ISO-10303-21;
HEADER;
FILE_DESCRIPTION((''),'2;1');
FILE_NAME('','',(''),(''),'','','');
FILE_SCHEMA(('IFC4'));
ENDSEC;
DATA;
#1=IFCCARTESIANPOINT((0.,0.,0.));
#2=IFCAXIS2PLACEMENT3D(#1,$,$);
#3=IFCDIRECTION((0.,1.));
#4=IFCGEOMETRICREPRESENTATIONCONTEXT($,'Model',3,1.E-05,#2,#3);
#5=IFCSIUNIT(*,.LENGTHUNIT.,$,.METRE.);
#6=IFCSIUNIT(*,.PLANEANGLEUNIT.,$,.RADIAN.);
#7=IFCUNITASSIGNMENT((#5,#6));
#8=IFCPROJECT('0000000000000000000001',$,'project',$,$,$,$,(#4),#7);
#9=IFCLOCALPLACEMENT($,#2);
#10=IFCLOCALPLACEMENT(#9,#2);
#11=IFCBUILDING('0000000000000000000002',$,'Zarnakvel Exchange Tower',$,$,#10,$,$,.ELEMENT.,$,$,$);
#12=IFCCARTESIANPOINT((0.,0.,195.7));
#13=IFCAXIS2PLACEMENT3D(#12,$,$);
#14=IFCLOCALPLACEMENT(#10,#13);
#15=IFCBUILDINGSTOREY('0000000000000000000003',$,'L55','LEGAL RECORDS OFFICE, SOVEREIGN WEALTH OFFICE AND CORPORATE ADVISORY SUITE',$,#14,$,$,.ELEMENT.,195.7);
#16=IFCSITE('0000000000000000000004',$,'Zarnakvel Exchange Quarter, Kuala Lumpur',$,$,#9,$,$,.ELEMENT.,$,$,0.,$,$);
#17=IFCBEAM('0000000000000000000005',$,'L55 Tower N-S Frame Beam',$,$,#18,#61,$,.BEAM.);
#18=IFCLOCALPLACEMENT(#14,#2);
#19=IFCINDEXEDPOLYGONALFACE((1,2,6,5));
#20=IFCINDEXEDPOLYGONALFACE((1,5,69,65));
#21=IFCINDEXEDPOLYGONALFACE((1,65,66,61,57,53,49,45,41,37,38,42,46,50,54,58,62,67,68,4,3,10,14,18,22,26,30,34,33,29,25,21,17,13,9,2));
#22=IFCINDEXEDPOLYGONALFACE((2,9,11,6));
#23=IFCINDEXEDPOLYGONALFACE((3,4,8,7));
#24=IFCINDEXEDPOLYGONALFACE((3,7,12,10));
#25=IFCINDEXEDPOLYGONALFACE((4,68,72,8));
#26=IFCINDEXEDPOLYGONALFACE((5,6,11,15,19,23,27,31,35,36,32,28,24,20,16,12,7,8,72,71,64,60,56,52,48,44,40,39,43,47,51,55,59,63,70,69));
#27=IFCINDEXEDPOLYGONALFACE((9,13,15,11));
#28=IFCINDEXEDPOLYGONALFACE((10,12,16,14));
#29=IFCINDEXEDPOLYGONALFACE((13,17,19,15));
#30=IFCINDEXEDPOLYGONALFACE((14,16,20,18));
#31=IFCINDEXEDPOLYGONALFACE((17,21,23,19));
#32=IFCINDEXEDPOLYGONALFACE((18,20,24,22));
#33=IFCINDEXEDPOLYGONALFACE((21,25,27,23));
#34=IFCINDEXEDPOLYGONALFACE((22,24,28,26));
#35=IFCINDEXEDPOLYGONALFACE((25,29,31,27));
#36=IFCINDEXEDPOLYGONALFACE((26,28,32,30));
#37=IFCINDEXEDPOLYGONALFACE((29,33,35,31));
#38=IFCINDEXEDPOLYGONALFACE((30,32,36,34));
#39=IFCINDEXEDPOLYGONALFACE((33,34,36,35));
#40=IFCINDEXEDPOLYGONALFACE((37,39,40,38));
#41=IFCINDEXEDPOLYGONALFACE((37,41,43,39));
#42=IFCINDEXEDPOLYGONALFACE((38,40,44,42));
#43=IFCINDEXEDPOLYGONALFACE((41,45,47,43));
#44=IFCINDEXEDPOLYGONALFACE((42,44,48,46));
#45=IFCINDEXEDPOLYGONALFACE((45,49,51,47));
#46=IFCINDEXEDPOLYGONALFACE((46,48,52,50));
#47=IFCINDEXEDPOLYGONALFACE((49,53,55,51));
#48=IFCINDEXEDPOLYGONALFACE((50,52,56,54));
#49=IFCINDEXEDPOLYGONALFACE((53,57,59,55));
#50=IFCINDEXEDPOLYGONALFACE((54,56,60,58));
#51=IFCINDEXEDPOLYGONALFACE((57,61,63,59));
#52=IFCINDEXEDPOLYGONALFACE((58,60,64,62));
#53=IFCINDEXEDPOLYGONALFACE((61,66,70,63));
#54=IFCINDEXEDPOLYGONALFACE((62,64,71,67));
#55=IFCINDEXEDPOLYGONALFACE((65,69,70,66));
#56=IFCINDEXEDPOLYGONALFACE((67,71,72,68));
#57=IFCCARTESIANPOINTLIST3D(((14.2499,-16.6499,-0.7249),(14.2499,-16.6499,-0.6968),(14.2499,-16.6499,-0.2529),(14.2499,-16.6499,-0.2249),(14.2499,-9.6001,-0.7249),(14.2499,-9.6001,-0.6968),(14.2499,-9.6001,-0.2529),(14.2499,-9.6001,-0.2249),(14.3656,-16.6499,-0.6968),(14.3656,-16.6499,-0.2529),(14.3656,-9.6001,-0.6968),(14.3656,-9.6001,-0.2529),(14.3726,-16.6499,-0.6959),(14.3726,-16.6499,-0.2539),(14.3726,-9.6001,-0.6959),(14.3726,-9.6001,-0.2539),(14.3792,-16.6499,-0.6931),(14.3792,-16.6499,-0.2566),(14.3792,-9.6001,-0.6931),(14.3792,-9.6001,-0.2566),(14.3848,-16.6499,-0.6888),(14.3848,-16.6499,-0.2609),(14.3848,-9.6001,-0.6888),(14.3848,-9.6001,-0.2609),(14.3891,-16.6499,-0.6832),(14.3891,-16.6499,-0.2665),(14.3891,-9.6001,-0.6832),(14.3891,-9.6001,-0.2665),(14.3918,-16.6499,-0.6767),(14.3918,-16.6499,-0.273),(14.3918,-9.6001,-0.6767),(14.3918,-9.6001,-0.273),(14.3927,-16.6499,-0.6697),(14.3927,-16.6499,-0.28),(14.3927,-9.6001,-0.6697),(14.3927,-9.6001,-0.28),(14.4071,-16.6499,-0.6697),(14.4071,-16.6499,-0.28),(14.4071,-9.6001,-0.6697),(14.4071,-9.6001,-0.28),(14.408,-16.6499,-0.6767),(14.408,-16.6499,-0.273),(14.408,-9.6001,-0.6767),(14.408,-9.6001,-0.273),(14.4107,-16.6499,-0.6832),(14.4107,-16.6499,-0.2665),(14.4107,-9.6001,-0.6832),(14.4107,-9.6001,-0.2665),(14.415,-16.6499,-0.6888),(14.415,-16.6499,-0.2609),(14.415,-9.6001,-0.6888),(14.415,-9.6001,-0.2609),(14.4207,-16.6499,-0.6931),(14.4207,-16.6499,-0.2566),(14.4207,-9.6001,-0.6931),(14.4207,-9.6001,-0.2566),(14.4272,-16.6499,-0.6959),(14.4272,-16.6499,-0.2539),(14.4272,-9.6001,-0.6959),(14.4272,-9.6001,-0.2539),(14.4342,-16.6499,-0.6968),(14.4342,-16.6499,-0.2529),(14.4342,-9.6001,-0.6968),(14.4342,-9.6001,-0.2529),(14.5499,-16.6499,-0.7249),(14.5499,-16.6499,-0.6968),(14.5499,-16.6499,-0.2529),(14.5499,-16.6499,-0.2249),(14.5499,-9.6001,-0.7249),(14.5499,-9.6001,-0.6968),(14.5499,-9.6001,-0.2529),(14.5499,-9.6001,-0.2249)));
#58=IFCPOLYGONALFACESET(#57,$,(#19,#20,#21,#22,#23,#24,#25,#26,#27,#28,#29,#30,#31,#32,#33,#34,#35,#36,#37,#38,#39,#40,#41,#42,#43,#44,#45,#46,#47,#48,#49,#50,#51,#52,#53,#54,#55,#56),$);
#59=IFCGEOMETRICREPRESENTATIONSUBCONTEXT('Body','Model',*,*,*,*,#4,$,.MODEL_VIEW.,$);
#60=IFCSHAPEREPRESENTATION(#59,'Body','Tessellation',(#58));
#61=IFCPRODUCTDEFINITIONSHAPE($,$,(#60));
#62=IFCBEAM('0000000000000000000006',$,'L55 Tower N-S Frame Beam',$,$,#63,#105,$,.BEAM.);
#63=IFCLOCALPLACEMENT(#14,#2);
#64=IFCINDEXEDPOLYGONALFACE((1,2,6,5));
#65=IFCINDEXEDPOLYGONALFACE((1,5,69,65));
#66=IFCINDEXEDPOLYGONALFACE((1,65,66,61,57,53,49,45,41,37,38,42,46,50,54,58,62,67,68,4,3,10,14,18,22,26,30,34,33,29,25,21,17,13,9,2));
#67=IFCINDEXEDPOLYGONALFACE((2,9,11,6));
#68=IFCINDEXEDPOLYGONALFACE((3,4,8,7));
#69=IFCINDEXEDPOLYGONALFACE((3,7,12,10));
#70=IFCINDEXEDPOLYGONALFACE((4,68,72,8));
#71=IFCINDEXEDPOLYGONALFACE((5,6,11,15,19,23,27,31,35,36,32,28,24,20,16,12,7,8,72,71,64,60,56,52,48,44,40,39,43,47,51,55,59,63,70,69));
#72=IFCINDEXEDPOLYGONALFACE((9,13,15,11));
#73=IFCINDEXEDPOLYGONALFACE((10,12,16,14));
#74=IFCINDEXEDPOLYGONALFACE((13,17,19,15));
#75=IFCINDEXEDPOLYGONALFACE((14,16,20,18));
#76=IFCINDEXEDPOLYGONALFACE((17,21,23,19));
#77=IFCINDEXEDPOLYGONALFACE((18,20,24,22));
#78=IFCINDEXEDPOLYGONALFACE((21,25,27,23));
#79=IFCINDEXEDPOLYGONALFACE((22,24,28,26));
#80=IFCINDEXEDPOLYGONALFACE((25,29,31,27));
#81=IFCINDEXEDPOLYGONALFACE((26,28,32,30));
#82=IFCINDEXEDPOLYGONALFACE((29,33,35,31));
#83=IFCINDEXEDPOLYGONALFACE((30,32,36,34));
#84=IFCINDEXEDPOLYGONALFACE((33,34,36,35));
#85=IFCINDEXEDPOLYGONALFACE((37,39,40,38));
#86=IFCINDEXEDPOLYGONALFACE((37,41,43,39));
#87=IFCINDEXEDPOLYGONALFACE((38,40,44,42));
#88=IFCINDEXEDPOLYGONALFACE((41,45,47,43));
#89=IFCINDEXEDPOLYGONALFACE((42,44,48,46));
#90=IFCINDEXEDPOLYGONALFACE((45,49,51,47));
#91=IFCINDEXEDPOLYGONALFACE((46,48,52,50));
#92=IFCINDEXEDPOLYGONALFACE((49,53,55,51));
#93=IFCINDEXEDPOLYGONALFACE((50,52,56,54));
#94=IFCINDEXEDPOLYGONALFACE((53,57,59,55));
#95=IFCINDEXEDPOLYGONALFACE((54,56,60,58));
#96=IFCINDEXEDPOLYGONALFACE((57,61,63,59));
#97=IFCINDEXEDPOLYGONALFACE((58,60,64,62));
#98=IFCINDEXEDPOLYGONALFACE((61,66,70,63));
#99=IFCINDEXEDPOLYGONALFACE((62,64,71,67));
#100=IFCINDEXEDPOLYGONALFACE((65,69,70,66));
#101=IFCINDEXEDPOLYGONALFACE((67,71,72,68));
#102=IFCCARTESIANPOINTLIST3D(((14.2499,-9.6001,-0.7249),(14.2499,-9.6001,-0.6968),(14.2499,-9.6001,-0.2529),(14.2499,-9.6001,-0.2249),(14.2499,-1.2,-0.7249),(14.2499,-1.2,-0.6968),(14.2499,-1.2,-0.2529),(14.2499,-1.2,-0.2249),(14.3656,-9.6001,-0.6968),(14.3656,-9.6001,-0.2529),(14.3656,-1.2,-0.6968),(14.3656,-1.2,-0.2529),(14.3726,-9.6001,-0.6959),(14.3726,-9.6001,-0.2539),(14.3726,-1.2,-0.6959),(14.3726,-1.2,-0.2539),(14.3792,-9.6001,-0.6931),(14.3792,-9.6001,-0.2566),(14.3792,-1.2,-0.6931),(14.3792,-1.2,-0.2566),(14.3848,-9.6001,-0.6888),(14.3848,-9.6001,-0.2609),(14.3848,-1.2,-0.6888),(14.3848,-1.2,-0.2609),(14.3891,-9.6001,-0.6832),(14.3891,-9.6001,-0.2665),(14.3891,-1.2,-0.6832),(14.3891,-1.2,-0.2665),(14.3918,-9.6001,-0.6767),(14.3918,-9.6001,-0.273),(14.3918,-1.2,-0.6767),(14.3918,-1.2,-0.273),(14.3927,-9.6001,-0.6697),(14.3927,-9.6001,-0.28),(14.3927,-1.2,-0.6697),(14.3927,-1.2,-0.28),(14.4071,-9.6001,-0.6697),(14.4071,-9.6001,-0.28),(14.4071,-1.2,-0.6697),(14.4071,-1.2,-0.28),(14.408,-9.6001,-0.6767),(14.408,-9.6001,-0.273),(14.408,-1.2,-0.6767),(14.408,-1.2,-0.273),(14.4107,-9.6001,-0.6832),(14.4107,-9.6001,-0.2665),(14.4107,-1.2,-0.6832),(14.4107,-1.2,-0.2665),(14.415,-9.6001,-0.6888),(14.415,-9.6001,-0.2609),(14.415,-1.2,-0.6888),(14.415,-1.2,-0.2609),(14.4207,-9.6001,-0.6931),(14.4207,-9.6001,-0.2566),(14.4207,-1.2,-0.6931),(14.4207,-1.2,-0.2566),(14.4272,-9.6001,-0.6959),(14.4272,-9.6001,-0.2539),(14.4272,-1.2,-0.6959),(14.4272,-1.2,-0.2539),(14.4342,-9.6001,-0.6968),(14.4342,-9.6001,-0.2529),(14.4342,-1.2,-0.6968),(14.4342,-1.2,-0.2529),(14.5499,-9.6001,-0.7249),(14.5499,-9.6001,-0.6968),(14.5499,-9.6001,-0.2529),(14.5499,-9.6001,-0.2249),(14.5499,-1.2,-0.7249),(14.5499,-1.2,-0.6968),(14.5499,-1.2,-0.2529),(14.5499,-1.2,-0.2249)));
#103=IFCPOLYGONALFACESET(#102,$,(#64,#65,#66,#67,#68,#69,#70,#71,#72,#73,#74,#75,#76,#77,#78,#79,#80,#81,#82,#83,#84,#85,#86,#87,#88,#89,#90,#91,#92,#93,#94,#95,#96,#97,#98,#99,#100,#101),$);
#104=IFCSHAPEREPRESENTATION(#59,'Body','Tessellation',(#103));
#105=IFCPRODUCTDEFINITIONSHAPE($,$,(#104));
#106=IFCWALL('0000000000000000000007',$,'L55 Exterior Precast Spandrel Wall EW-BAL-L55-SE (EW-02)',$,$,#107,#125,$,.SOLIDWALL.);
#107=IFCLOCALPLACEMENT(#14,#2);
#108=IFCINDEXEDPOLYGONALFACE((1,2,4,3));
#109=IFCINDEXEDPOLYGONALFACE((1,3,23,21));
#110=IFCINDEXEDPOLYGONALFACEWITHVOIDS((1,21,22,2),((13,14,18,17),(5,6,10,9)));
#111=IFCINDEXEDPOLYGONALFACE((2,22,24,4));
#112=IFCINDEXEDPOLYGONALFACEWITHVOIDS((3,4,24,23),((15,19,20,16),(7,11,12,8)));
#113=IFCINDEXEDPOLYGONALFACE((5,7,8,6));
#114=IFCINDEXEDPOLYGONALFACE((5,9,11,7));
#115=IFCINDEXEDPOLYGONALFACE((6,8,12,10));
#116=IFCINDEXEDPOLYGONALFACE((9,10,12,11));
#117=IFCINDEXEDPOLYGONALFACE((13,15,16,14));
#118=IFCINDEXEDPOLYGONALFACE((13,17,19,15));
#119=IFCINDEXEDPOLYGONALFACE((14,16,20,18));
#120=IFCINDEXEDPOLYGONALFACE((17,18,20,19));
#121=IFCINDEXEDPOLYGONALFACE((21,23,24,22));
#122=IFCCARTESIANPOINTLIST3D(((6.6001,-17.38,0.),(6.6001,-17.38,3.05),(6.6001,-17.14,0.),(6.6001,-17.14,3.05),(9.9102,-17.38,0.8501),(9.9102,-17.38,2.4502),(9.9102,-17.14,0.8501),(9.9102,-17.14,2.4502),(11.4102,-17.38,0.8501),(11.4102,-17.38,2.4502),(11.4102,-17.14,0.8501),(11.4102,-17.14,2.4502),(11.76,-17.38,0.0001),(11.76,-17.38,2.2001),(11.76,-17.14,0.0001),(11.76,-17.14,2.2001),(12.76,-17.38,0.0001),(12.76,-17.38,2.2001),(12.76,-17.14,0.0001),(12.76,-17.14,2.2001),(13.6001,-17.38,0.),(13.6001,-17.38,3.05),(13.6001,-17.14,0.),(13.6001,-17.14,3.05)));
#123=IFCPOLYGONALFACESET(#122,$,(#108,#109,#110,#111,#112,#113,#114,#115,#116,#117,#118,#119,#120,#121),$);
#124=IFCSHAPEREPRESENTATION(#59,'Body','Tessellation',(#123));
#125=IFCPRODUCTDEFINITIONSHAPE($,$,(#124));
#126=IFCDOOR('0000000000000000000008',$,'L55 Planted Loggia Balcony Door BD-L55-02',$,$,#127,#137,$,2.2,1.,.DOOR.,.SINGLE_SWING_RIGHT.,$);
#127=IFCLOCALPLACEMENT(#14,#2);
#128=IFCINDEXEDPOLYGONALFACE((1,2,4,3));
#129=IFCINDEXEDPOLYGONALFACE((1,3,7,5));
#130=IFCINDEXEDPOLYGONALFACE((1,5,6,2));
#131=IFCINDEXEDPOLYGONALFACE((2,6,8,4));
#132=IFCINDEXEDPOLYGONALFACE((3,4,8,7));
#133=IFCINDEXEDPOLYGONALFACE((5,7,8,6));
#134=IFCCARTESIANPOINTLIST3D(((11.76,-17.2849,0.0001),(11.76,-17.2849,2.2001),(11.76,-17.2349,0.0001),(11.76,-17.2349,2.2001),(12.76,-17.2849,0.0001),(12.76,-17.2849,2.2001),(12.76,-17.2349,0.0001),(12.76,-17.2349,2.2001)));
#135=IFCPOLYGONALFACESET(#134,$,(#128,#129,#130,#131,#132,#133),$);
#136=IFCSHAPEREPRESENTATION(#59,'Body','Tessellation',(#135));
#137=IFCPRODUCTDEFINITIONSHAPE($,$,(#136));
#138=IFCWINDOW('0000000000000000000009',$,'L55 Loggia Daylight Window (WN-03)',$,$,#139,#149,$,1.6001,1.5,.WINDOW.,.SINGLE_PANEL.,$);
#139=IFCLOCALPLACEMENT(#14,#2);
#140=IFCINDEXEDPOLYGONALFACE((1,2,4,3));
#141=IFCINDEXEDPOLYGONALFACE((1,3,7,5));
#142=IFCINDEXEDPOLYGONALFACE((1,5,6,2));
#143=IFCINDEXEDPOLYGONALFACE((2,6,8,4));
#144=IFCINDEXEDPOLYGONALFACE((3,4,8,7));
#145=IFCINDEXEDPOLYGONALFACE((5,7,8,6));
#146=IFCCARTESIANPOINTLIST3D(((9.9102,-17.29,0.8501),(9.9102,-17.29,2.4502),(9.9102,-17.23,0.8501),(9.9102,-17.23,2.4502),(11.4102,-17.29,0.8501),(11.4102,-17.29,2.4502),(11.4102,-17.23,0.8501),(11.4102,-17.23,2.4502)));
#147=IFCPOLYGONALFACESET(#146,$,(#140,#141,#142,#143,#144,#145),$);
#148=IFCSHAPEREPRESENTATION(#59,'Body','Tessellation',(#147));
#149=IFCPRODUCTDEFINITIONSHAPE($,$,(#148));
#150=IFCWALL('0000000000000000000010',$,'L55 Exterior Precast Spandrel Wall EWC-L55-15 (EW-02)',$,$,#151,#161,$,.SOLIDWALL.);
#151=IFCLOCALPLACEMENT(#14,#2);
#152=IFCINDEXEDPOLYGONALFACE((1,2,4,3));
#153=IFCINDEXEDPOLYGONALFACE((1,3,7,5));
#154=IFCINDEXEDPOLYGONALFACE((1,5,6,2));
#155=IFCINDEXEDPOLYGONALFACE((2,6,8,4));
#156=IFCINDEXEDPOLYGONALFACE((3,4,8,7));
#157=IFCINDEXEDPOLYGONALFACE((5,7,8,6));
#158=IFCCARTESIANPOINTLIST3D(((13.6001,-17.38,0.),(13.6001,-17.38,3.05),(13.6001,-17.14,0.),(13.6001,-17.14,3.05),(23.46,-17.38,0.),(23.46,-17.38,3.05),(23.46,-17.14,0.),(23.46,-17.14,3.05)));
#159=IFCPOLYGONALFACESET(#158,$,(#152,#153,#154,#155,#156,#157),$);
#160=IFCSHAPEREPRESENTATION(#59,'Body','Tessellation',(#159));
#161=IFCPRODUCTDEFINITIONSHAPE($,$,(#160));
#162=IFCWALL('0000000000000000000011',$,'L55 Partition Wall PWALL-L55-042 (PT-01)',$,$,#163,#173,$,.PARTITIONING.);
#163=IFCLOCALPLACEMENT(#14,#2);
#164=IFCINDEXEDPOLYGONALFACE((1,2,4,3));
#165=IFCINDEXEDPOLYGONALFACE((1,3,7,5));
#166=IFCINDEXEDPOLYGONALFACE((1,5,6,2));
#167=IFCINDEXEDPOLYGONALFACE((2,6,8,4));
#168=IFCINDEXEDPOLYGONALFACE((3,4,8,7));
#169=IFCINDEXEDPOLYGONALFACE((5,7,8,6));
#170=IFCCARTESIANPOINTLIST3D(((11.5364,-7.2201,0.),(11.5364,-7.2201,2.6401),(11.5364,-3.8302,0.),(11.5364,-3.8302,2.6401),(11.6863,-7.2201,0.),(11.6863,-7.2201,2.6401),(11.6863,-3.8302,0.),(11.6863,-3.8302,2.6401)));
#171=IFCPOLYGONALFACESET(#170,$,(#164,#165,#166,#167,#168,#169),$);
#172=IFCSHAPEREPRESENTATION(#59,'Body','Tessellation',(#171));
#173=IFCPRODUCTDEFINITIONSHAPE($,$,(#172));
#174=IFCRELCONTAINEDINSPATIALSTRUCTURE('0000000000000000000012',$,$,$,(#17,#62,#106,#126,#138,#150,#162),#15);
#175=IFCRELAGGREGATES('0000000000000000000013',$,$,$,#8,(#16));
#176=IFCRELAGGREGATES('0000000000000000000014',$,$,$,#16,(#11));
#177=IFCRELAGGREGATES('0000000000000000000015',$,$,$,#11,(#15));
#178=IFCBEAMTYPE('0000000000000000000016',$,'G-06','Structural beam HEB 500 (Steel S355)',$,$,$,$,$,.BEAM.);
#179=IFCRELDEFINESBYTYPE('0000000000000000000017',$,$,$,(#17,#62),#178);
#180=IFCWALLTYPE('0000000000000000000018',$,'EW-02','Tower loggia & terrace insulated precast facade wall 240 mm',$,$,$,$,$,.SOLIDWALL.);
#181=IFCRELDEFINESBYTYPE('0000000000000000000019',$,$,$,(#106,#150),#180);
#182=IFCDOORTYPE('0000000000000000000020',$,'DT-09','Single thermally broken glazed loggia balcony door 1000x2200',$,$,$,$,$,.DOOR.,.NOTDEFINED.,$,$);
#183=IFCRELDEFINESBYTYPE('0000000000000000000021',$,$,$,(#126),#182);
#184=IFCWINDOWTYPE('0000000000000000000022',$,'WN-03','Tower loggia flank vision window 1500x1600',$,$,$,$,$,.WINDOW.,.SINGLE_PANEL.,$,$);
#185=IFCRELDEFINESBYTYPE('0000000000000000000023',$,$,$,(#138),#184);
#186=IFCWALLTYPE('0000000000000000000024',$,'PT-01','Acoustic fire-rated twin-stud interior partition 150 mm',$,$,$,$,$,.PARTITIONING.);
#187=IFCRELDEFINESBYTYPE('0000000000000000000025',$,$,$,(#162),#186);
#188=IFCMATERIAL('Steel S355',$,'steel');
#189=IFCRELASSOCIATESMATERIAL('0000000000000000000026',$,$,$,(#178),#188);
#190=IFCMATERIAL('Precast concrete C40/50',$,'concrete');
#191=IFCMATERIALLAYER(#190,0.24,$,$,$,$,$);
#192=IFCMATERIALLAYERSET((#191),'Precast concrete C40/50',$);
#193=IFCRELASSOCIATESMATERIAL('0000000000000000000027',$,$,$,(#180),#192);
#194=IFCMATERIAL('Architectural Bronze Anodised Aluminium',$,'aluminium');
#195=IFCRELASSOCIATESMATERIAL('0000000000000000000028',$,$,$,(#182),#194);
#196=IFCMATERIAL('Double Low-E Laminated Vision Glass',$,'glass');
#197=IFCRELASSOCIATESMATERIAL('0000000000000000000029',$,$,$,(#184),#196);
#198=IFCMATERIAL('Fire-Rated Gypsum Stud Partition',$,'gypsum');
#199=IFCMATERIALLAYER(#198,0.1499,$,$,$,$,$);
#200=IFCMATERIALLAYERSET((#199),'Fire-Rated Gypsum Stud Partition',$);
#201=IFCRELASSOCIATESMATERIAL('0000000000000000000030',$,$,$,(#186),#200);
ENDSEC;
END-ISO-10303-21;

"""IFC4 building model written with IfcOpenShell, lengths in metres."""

from ifc_helpers import new_model, si_unit, direction, frame, frame_2d, origin, origin_2d, place, context, subcontext, project, spatial, rectangle, i_section, extrude, source, transform, mapped, material, layer, layer_set, material_profile, profile_set, type_object, element, fill, save


model = new_model("IFC4")

# Units and contexts
model_context = context("Model", 3, precision=1e-05, world=origin(), true_north=direction((0.0, 1.0)))
body_context = subcontext(model_context, "Body", "Model", "MODEL_VIEW")
ifc_project = project(units=[si_unit("LENGTHUNIT", "METRE"), si_unit("PLANEANGLEUNIT", "RADIAN")], contexts=[model_context])

# Site, building, storey
site_placement = place(None, origin())
site = spatial("IfcSite", under=ifc_project, at=site_placement, Name="Zarnakvel Exchange Quarter, Kuala Lumpur", CompositionType="ELEMENT", RefElevation=0.0)
building_placement = place(site_placement, origin())
building = spatial("IfcBuilding", under=site, at=building_placement, Name="Zarnakvel Exchange Tower", CompositionType="ELEMENT")
storey_placement = place(building_placement, frame((0.0, 0.0, 195.7)))
storey = spatial("IfcBuildingStorey", under=building, at=storey_placement, Name="L55", Description="LEGAL RECORDS OFFICE, SOVEREIGN WEALTH OFFICE AND CORPORATE ADVISORY SUITE", CompositionType="ELEMENT", Elevation=195.7)

# Beams
ifc_material_1 = material(Name="Steel S355", Category="steel")
ifc_material_profile_1 = material_profile(ifc_material_1, i_section(OverallWidth=0.3, OverallDepth=0.5, WebThickness=0.0144, FlangeThickness=0.0281, FilletRadius=0.0271, at=origin_2d()))
ifc_profile_set_1 = profile_set([ifc_material_profile_1], Name="Steel S355")
beam_type_1 = type_object("IfcBeamType", Name="G-06", Description="Structural beam HEB 500 (Steel S355)", PredefinedType="BEAM", material=ifc_profile_set_1)
beam_1_placement = place(storey_placement, frame((14.3999, -16.6499, -0.4749), z_axis=(0.0, 1.0, 0.0), x_axis=(-1.0, 0.0, 0.0)))
element("IfcBeam", 1, at=beam_1_placement, inside=storey, type_object=beam_type_1, Name="L55 Tower N-S Frame Beam", PredefinedType="BEAM", context=body_context, shape_type="SweptSolid", body=[
    extrude(i_section(OverallWidth=0.3, OverallDepth=0.5, WebThickness=0.0144, FlangeThickness=0.0281, FilletRadius=0.0271, at=origin_2d()), origin(), (0.0, 0.0, 1.0), 7.0498),
])
beam_2_placement = place(storey_placement, frame((14.3999, -9.6001, -0.4749), z_axis=(0.0, 1.0, 0.0), x_axis=(-1.0, 0.0, 0.0)))
element("IfcBeam", 2, at=beam_2_placement, inside=storey, type_object=beam_type_1, Name="L55 Tower N-S Frame Beam", PredefinedType="BEAM", context=body_context, shape_type="SweptSolid", body=[
    extrude(i_section(OverallWidth=0.3, OverallDepth=0.5, WebThickness=0.0144, FlangeThickness=0.0281, FilletRadius=0.0271, at=origin_2d()), origin(), (0.0, 0.0, 1.0), 8.4001),
])

# Wall, openings, door, window
ifc_material_2 = material(Name="Precast concrete C40/50", Category="concrete")
ifc_layer_1 = layer(ifc_material_2, 0.24)
ifc_layer_set_1 = layer_set([ifc_layer_1], Name="Precast concrete C40/50")
wall_type_1 = type_object("IfcWallType", Name="EW-02", Description="Tower loggia & terrace insulated precast facade wall 240 mm", PredefinedType="SOLIDWALL", material=ifc_layer_set_1)
wall_1_placement = place(storey_placement, frame((13.6001, -17.26, 0.0), z_axis=(0.0, 0.0, 1.0), x_axis=(-1.0, 0.0, 0.0)))
wall_1 = element("IfcWall", 3, at=wall_1_placement, inside=storey, type_object=wall_type_1, Name="L55 Exterior Precast Spandrel Wall EW-BAL-L55-SE (EW-02)", PredefinedType="SOLIDWALL", context=body_context, shape_type="SweptSolid", body=[
    extrude(rectangle(XDim=7.0, YDim=0.24, at=frame_2d((3.5, 0.0))), origin(), (0.0, 0.0, 1.0), 3.05),
])
opening_1_placement = place(wall_1_placement, frame((0.8401, 0.0, 0.0)))
opening_1 = element("IfcOpeningElement", 4, at=opening_1_placement, cuts=wall_1, PredefinedType="OPENING", context=body_context, shape_type="SweptSolid", body=[
    extrude(rectangle(XDim=1.0, YDim=2.2, at=frame_2d((0.5, 1.1001))), frame((0.0, 0.1299, 0.0), z_axis=(0.0, -1.0, 0.0), x_axis=(1.0, 0.0, 0.0)), (0.0, 0.0, 1.0), 0.26),
])
opening_2_placement = place(wall_1_placement, frame((2.1899, 0.0, 0.8501)))
opening_2 = element("IfcOpeningElement", 5, at=opening_2_placement, cuts=wall_1, PredefinedType="OPENING", context=body_context, shape_type="SweptSolid", body=[
    extrude(rectangle(XDim=1.5, YDim=1.6001, at=frame_2d((0.75, 0.8))), frame((0.0, 0.1299, 0.0), z_axis=(0.0, -1.0, 0.0), x_axis=(1.0, 0.0, 0.0)), (0.0, 0.0, 1.0), 0.26),
])
ifc_material_3 = material(Name="Architectural Bronze Anodised Aluminium", Category="aluminium")
door_type_1 = type_object("IfcDoorType", Name="DT-09", Description="Single thermally broken glazed loggia balcony door 1000x2200", OperationType="NOTDEFINED", PredefinedType="DOOR", material=ifc_material_3)
shared_shape_1 = source(origin(), body_context, "Body", "SweptSolid", [
    extrude(rectangle(XDim=1.0, YDim=2.2, at=frame_2d((0.5, 1.1001))), frame((0.0, 0.0249, 0.0), z_axis=(0.0, -1.0, 0.0), x_axis=(1.0, 0.0, 0.0)), (0.0, 0.0, 1.0), 0.05),
])
door_1_placement = place(opening_1_placement, origin())
door_1 = element("IfcDoor", 6, at=door_1_placement, inside=storey, type_object=door_type_1, Name="L55 Planted Loggia Balcony Door BD-L55-02", OperationType="SINGLE_SWING_RIGHT", OverallHeight=2.2, OverallWidth=1.0, PredefinedType="DOOR", context=body_context, shape_type="MappedRepresentation", body=[
    mapped(shared_shape_1, transform((0.0, 0.0, 0.0), x_axis=(1.0, 0.0, 0.0), y_axis=(0.0, 1.0, 0.0), z_axis=(0.0, 0.0, 1.0), scale=1.0)),
])
fill(opening_1, door_1)
ifc_material_4 = material(Name="Double Low-E Laminated Vision Glass", Category="glass")
window_type = type_object("IfcWindowType", Name="WN-03", Description="Tower loggia flank vision window 1500x1600", PartitioningType="SINGLE_PANEL", PredefinedType="WINDOW", material=ifc_material_4)
shared_shape_2 = source(origin(), body_context, "Body", "SweptSolid", [
    extrude(rectangle(XDim=1.5, YDim=1.6001, at=frame_2d((0.75, 0.8))), frame((0.0, 0.03, 0.0), z_axis=(0.0, -1.0, 0.0), x_axis=(1.0, 0.0, 0.0)), (0.0, 0.0, 1.0), 0.0601),
])
window_placement = place(opening_2_placement, origin())
window = element("IfcWindow", 7, at=window_placement, inside=storey, type_object=window_type, Name="L55 Loggia Daylight Window (WN-03)", OverallHeight=1.6001, OverallWidth=1.5, PartitioningType="SINGLE_PANEL", PredefinedType="WINDOW", context=body_context, shape_type="MappedRepresentation", body=[
    mapped(shared_shape_2, transform((0.0, 0.0, 0.0), x_axis=(1.0, 0.0, 0.0), y_axis=(0.0, 1.0, 0.0), z_axis=(0.0, 0.0, 1.0), scale=1.0)),
])
fill(opening_2, window)

# Wall
wall_2_placement = place(storey_placement, frame((13.6001, -17.26, 0.0), z_axis=(0.0, 0.0, 1.0), x_axis=(1.0, 0.0, 0.0)))
element("IfcWall", 8, at=wall_2_placement, inside=storey, type_object=wall_type_1, Name="L55 Exterior Precast Spandrel Wall EWC-L55-15 (EW-02)", PredefinedType="SOLIDWALL", context=body_context, shape_type="SweptSolid", body=[
    extrude(rectangle(XDim=9.8599, YDim=0.24, at=frame_2d((4.9299, 0.0))), origin(), (0.0, 0.0, 1.0), 3.05),
])

# Shared definitions
ifc_material_5 = material(Name="Fire-Rated Gypsum Stud Partition", Category="gypsum")
ifc_layer_2 = layer(ifc_material_5, 0.1499)
ifc_layer_set_2 = layer_set([ifc_layer_2], Name="Fire-Rated Gypsum Stud Partition")
wall_type_2 = type_object("IfcWallType", Name="PT-01", Description="Acoustic fire-rated twin-stud interior partition 150 mm", PredefinedType="PARTITIONING", material=ifc_layer_set_2)

# Wall
wall_3_placement = place(storey_placement, frame((11.6113, -7.22, 0.0), z_axis=(0.0, 0.0, 1.0), x_axis=(0.0, 1.0, 0.0)))
element("IfcWall", 9, at=wall_3_placement, inside=storey, type_object=wall_type_2, Name="L55 Partition Wall PWALL-L55-042 (PT-01)", PredefinedType="PARTITIONING", context=body_context, shape_type="SweptSolid", body=[
    extrude(rectangle(XDim=3.3899, YDim=0.1499, at=frame_2d((1.6948, 0.0))), origin(), (0.0, 0.0, 1.0), 2.6401),
])

save(model, "model.ifc")
